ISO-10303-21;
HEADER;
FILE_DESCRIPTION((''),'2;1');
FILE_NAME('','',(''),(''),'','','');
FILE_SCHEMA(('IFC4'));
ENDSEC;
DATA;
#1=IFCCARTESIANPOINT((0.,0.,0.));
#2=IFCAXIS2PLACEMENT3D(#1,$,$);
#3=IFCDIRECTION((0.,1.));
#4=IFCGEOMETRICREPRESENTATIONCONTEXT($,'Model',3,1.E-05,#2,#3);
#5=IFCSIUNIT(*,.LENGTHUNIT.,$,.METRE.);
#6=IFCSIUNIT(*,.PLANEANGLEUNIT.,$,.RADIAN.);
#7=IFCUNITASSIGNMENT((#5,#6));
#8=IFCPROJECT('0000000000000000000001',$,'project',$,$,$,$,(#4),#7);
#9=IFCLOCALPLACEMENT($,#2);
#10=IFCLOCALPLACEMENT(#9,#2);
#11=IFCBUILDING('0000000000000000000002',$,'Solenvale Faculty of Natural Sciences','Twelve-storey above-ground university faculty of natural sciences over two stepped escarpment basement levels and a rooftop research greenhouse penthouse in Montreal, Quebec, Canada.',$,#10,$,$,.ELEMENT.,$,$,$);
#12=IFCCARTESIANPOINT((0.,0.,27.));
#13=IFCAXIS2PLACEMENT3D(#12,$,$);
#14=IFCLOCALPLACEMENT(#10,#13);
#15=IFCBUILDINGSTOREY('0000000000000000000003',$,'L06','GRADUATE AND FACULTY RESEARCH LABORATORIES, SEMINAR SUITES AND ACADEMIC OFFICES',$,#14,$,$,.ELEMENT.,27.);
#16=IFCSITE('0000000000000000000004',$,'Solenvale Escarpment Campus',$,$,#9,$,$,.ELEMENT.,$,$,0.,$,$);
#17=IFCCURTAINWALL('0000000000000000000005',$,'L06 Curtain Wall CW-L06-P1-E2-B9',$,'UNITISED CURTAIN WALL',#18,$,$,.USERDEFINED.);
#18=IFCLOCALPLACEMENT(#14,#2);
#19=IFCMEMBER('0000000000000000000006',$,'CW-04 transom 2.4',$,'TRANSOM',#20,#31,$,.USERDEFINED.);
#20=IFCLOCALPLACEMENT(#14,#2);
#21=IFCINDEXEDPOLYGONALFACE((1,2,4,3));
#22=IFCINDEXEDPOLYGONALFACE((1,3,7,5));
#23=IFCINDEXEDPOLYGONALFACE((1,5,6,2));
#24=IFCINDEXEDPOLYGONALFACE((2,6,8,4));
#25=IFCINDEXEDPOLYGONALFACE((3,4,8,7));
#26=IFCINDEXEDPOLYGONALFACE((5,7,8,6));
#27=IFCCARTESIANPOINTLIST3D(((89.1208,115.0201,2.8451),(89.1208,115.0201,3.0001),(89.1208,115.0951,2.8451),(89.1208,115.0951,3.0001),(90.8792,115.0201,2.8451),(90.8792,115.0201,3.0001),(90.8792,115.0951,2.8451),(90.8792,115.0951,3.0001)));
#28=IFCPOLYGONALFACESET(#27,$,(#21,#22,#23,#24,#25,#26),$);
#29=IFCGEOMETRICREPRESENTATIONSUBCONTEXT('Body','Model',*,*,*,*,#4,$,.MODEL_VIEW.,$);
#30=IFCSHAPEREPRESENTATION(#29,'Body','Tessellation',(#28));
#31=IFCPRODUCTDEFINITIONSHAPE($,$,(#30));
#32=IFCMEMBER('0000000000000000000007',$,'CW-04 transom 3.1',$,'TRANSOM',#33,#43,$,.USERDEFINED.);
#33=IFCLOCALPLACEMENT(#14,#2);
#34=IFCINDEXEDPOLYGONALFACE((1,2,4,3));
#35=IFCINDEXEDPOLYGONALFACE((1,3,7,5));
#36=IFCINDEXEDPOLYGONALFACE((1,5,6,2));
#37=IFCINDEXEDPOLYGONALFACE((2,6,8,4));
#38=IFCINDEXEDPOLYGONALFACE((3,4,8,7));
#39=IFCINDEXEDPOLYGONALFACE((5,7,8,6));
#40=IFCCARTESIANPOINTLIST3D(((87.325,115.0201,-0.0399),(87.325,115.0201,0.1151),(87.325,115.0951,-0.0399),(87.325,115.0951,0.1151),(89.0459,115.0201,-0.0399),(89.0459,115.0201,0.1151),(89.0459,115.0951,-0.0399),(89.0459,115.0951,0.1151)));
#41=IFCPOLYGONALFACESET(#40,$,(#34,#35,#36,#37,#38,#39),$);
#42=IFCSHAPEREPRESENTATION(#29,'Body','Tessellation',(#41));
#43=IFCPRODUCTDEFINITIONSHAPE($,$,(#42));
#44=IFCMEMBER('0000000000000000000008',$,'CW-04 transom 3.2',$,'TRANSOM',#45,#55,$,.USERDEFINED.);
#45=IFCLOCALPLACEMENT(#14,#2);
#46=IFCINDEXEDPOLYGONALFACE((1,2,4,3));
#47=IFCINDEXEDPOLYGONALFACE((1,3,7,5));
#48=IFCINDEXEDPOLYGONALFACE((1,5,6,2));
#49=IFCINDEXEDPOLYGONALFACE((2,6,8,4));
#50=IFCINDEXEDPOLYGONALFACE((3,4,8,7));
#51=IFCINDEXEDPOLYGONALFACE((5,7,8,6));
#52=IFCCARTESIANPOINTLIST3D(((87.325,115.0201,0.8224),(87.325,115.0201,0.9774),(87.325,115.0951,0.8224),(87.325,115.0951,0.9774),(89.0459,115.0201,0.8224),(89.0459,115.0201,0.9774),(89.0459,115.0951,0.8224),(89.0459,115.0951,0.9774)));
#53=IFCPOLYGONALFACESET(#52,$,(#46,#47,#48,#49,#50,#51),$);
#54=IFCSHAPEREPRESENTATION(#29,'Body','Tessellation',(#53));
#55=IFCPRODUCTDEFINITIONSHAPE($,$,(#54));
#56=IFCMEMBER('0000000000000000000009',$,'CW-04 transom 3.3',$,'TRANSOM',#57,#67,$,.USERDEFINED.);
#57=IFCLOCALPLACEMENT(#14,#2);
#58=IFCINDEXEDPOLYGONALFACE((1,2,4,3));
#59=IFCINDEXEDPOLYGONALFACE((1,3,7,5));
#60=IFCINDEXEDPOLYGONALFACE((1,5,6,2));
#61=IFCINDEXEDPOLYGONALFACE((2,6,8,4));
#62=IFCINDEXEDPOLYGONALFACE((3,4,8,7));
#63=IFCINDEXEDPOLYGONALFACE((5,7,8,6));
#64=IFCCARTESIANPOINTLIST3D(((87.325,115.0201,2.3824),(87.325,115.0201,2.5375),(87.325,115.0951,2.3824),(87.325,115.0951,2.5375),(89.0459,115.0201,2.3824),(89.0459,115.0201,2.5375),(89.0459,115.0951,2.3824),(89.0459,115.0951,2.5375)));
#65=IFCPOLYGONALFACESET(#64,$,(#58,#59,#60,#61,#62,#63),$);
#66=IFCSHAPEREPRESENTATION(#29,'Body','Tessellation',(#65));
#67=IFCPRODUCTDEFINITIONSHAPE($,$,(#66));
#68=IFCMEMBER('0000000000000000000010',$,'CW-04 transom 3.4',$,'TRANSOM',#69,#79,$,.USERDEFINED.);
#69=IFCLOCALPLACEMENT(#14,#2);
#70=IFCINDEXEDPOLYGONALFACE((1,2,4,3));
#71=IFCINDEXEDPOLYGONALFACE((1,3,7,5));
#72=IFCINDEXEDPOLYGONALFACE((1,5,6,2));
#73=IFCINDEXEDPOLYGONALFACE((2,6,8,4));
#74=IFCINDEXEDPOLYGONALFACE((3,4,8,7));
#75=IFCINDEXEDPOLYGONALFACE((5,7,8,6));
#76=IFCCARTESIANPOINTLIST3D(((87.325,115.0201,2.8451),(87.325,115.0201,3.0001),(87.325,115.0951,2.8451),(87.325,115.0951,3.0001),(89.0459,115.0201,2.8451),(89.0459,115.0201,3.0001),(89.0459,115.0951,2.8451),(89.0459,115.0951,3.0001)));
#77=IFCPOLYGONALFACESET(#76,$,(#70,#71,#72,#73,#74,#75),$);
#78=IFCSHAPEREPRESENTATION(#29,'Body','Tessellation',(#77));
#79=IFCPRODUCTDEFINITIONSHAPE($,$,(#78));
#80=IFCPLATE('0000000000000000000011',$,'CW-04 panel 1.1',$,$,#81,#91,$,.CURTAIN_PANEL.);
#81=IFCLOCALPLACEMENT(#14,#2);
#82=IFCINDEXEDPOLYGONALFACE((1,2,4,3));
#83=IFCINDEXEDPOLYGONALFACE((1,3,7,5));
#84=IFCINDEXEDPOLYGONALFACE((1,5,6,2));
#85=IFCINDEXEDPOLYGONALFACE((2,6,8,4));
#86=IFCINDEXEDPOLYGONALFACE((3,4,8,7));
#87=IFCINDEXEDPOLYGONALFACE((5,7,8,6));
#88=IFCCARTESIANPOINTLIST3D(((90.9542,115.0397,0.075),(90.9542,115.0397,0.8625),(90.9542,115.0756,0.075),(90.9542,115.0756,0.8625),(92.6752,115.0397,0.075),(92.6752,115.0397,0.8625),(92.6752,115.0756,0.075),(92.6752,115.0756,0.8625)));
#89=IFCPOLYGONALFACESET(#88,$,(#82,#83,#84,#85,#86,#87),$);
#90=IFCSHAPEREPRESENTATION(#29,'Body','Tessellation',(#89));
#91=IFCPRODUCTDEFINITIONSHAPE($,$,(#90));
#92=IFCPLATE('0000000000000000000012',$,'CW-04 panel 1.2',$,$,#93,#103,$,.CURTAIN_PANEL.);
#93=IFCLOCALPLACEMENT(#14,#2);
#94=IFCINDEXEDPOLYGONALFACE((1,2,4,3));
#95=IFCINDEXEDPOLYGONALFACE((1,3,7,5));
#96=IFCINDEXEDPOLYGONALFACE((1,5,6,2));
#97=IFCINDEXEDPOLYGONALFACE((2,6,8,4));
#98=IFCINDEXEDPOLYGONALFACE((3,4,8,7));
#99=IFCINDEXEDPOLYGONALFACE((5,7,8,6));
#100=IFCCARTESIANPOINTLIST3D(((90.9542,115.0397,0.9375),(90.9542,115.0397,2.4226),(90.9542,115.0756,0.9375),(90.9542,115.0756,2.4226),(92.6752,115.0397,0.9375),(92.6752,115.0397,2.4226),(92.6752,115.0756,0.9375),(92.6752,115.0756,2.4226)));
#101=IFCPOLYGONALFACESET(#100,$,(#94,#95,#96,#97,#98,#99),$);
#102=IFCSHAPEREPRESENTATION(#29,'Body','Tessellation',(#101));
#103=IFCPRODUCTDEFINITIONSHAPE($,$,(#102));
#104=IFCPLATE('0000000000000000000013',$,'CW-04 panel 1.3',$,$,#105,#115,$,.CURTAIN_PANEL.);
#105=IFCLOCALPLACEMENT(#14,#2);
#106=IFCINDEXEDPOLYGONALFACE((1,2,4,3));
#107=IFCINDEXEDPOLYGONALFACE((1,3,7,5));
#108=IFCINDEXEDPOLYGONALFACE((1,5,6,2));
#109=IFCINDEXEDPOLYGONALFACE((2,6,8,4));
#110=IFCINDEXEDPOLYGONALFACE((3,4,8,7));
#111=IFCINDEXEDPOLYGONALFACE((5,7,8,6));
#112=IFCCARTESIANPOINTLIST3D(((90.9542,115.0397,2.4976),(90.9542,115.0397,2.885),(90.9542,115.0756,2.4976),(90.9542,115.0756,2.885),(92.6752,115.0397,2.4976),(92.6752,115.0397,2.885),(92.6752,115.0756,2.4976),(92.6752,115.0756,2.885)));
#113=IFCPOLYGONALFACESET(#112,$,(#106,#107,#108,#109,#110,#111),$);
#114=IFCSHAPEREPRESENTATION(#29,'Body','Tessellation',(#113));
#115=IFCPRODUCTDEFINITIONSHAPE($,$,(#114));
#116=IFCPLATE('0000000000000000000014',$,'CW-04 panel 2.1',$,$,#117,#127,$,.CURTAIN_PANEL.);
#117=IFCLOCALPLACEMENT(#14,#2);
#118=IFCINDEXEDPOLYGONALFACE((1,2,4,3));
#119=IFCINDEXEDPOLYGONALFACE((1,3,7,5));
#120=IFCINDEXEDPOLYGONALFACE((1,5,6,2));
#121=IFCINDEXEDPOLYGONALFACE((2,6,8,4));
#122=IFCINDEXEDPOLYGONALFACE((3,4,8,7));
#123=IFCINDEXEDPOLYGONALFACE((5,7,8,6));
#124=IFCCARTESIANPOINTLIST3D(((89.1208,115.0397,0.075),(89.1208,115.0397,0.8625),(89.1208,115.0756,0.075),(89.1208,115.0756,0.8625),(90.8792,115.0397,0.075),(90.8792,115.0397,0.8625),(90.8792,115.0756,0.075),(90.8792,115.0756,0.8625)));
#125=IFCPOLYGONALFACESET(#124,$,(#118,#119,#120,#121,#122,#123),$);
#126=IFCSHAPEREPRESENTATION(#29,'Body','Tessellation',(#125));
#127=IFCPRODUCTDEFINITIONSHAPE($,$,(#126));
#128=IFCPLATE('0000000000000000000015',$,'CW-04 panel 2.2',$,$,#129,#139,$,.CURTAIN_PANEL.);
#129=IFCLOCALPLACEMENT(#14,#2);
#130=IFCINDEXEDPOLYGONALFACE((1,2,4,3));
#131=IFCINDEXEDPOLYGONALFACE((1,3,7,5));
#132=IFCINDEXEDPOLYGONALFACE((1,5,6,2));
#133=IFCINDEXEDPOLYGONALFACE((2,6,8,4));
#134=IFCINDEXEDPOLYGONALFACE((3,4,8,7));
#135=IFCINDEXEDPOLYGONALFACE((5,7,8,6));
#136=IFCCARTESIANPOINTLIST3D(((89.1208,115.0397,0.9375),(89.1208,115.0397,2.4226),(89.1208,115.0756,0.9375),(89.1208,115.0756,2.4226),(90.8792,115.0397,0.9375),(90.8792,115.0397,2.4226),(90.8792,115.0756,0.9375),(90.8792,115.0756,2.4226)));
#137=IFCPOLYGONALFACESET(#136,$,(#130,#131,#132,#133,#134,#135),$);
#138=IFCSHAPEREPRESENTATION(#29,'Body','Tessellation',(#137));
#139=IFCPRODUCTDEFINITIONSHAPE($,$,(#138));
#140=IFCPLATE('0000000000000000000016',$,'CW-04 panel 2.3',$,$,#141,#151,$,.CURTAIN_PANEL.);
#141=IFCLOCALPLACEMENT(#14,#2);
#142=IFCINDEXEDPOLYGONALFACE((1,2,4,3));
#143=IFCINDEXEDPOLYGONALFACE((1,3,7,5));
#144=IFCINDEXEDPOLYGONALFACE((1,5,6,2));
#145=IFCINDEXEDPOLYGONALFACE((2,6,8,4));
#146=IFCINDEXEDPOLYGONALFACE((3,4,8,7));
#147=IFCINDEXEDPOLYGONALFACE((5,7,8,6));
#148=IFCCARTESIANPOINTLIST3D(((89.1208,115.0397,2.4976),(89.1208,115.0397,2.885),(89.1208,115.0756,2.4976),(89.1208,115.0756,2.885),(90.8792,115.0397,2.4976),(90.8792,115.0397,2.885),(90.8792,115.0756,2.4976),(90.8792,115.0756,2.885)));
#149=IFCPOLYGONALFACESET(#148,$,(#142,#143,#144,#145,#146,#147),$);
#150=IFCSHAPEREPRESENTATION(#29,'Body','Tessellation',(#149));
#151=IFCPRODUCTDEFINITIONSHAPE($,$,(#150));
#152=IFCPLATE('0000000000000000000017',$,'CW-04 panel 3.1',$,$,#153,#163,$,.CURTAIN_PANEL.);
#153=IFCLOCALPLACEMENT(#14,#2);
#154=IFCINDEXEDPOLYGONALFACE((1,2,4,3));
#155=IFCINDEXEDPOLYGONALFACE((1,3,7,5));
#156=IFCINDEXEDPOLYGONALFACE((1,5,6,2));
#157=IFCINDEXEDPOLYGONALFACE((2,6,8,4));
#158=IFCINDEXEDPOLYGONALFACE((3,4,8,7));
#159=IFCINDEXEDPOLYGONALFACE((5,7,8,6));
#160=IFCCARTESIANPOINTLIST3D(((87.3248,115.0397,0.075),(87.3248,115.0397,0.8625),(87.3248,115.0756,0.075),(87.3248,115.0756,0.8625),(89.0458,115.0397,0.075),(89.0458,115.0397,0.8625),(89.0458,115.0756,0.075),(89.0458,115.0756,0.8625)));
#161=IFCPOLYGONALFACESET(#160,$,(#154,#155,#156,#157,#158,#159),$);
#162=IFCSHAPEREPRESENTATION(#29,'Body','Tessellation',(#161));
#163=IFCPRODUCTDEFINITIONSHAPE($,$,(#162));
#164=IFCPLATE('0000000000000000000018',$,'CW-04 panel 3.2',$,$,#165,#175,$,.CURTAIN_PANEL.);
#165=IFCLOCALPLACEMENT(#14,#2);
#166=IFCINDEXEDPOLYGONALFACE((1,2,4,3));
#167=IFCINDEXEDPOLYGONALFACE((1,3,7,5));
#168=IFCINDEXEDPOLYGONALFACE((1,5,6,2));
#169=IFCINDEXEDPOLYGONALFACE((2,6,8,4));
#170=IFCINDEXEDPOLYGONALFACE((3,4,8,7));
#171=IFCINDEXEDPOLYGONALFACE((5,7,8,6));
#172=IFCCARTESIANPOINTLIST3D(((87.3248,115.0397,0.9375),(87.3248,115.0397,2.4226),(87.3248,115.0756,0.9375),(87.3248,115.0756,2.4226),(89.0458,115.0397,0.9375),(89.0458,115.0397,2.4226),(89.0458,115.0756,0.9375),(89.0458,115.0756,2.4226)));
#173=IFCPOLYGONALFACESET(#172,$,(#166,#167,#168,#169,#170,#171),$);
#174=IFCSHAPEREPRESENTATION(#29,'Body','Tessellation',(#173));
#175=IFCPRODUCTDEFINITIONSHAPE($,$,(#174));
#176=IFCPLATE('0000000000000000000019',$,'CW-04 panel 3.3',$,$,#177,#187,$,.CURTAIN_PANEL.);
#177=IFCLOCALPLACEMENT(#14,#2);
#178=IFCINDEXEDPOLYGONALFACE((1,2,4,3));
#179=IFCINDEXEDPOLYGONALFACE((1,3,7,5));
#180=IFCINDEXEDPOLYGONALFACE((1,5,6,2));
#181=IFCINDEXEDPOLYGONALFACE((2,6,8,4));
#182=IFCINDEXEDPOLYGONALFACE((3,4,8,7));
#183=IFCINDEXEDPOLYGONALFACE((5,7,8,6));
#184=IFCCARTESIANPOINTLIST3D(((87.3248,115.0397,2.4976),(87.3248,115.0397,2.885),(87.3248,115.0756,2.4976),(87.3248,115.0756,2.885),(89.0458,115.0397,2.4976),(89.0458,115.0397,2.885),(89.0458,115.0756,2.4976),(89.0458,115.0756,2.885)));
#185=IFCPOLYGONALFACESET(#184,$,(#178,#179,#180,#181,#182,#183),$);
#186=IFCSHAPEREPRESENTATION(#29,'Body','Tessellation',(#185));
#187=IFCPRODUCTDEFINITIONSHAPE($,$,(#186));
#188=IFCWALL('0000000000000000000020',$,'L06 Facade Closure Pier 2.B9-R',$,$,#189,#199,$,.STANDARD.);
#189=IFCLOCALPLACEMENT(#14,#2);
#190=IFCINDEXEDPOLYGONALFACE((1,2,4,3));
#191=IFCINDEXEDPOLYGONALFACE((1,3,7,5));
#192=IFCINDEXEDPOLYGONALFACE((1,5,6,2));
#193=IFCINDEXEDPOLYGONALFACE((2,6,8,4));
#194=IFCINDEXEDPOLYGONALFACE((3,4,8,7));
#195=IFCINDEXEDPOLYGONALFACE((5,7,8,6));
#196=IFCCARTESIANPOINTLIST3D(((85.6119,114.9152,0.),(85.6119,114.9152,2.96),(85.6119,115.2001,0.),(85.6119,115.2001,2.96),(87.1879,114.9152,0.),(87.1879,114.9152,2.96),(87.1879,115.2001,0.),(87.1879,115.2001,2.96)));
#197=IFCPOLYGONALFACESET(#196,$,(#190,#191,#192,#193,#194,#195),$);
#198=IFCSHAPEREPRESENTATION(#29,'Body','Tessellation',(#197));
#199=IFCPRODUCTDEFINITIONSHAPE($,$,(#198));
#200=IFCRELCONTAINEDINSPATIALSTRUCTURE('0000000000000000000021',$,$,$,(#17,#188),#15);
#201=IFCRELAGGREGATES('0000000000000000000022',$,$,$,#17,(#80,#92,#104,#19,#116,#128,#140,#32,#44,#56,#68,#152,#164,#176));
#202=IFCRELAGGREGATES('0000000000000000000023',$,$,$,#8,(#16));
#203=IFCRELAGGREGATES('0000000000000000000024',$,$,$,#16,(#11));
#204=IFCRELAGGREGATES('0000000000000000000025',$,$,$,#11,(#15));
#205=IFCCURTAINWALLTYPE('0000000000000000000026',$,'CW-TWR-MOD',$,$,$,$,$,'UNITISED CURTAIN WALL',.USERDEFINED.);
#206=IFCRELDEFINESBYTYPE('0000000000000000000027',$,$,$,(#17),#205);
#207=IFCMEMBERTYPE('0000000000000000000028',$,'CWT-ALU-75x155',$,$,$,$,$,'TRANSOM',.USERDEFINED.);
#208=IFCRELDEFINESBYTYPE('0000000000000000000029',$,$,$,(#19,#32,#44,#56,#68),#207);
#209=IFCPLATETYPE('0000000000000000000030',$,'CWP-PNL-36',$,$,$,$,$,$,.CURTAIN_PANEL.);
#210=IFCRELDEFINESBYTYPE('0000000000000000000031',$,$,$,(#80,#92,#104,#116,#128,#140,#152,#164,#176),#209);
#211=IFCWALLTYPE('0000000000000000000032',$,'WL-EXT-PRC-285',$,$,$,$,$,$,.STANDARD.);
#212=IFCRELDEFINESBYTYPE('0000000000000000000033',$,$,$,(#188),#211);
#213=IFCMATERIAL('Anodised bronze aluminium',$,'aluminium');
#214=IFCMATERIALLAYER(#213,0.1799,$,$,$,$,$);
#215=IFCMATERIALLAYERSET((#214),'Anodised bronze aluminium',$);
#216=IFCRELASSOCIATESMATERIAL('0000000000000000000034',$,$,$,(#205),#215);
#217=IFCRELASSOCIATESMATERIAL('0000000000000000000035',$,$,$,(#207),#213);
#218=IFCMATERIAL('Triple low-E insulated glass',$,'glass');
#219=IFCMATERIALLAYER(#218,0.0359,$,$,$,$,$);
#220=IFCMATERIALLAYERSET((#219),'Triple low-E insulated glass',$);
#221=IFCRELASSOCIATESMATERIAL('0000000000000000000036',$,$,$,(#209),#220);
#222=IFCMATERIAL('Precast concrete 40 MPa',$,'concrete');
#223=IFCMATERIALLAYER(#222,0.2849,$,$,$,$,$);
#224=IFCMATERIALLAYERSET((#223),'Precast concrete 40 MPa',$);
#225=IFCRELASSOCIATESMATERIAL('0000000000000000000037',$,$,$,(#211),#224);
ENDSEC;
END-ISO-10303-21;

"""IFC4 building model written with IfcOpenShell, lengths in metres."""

from ifc_helpers import new_model, si_unit, direction, frame, frame_2d, origin, origin_2d, place, context, subcontext, project, spatial, rectangle, extrude, material, layer, layer_set, material_profile, profile_set, type_object, element, aggregate, save


model = new_model("IFC4")

# Units and contexts
model_context = context("Model", 3, precision=1e-05, world=origin(), true_north=direction((0.0, 1.0)))
body_context = subcontext(model_context, "Body", "Model", "MODEL_VIEW")
ifc_project = project(units=[si_unit("LENGTHUNIT", "METRE"), si_unit("PLANEANGLEUNIT", "RADIAN")], contexts=[model_context])

# Site, building, storey
site_placement = place(None, origin())
site = spatial("IfcSite", under=ifc_project, at=site_placement, Name="Solenvale Escarpment Campus", CompositionType="ELEMENT", RefElevation=0.0)
building_placement = place(site_placement, origin())
building = spatial("IfcBuilding", under=site, at=building_placement, Name="Solenvale Faculty of Natural Sciences", Description="Twelve-storey above-ground university faculty of natural sciences over two stepped escarpment basement levels and a rooftop research greenhouse penthouse in Montreal, Quebec, Canada.", CompositionType="ELEMENT")
storey_placement = place(building_placement, frame((0.0, 0.0, 27.0)))
storey = spatial("IfcBuildingStorey", under=building, at=storey_placement, Name="L06", Description="GRADUATE AND FACULTY RESEARCH LABORATORIES, SEMINAR SUITES AND ACADEMIC OFFICES", CompositionType="ELEMENT", Elevation=27.0)

# Shared definitions
ifc_material_1 = material(Name="Precast concrete 40 MPa", Category="concrete")

# Curtain wall, members, plates
ifc_material_2 = material(Name="Anodised bronze aluminium", Category="aluminium")
ifc_layer_1 = layer(ifc_material_2, 0.1799)
ifc_layer_set_1 = layer_set([ifc_layer_1], Name="Anodised bronze aluminium")
curtain_wall_type = type_object("IfcCurtainWallType", Name="CW-TWR-MOD", ElementType="UNITISED CURTAIN WALL", PredefinedType="USERDEFINED", material=ifc_layer_set_1)
curtain_wall_placement = place(storey_placement, origin())
curtain_wall = element("IfcCurtainWall", 1, at=curtain_wall_placement, inside=storey, type_object=curtain_wall_type, Name="L06 Curtain Wall CW-L06-P1-E2-B9", ObjectType="UNITISED CURTAIN WALL", PredefinedType="USERDEFINED")
ifc_material_profile_1 = material_profile(ifc_material_2, rectangle(XDim=0.075, YDim=0.155, at=origin_2d()), Name="ALU-TRN-75x155")
ifc_profile_set_1 = profile_set([ifc_material_profile_1], Name="Anodised bronze aluminium")
member_type_1 = type_object("IfcMemberType", Name="CWT-ALU-75x155", ElementType="TRANSOM", PredefinedType="USERDEFINED", material=ifc_profile_set_1)
member_1_placement = place(storey_placement, frame((90.8792, 115.0576, 2.9226), z_axis=(-1.0, 0.0, 0.0), x_axis=(0.0, -1.0, 0.0)))
member_1 = element("IfcMember", 2, at=member_1_placement, type_object=member_type_1, Name="CW-04 transom 2.4", ObjectType="TRANSOM", PredefinedType="USERDEFINED", context=body_context, shape_type="SweptSolid", body=[
    extrude(rectangle(XDim=0.075, YDim=0.155, at=origin_2d()), origin(), (0.0, 0.0, 1.0), 1.7583),
])
member_2_placement = place(storey_placement, frame((89.0459, 115.0576, 0.0376), z_axis=(-1.0, 0.0, 0.0), x_axis=(0.0, -1.0, 0.0)))
member_2 = element("IfcMember", 3, at=member_2_placement, type_object=member_type_1, Name="CW-04 transom 3.1", ObjectType="TRANSOM", PredefinedType="USERDEFINED", context=body_context, shape_type="SweptSolid", body=[
    extrude(rectangle(XDim=0.075, YDim=0.155, at=origin_2d()), origin(), (0.0, 0.0, 1.0), 1.7209),
])
member_3_placement = place(storey_placement, frame((89.0459, 115.0576, 0.8999), z_axis=(-1.0, 0.0, 0.0), x_axis=(0.0, -1.0, 0.0)))
member_3 = element("IfcMember", 4, at=member_3_placement, type_object=member_type_1, Name="CW-04 transom 3.2", ObjectType="TRANSOM", PredefinedType="USERDEFINED", context=body_context, shape_type="SweptSolid", body=[
    extrude(rectangle(XDim=0.075, YDim=0.155, at=origin_2d()), origin(), (0.0, 0.0, 1.0), 1.7209),
])
member_4_placement = place(storey_placement, frame((89.0459, 115.0576, 2.46), z_axis=(-1.0, 0.0, 0.0), x_axis=(0.0, -1.0, 0.0)))
member_4 = element("IfcMember", 5, at=member_4_placement, type_object=member_type_1, Name="CW-04 transom 3.3", ObjectType="TRANSOM", PredefinedType="USERDEFINED", context=body_context, shape_type="SweptSolid", body=[
    extrude(rectangle(XDim=0.075, YDim=0.155, at=origin_2d()), origin(), (0.0, 0.0, 1.0), 1.7209),
])
member_5_placement = place(storey_placement, frame((89.0459, 115.0576, 2.9226), z_axis=(-1.0, 0.0, 0.0), x_axis=(0.0, -1.0, 0.0)))
member_5 = element("IfcMember", 6, at=member_5_placement, type_object=member_type_1, Name="CW-04 transom 3.4", ObjectType="TRANSOM", PredefinedType="USERDEFINED", context=body_context, shape_type="SweptSolid", body=[
    extrude(rectangle(XDim=0.075, YDim=0.155, at=origin_2d()), origin(), (0.0, 0.0, 1.0), 1.7209),
])
ifc_material_3 = material(Name="Triple low-E insulated glass", Category="glass")
ifc_layer_2 = layer(ifc_material_3, 0.0359)
ifc_layer_set_2 = layer_set([ifc_layer_2], Name="Triple low-E insulated glass")
plate_type = type_object("IfcPlateType", Name="CWP-PNL-36", PredefinedType="CURTAIN_PANEL", material=ifc_layer_set_2)
plate_1_placement = place(storey_placement, frame((91.8147, 115.0576, 0.075), z_axis=(0.0, 0.0, 1.0), x_axis=(-1.0, 0.0, 0.0)))
plate_1 = element("IfcPlate", 7, at=plate_1_placement, type_object=plate_type, Name="CW-04 panel 1.1", PredefinedType="CURTAIN_PANEL", context=body_context, shape_type="SweptSolid", body=[
    extrude(rectangle(XDim=1.7209, YDim=0.0359, at=origin_2d()), origin(), (0.0, 0.0, 1.0), 0.7876),
])
plate_2_placement = place(storey_placement, frame((91.8147, 115.0576, 0.9375), z_axis=(0.0, 0.0, 1.0), x_axis=(-1.0, 0.0, 0.0)))
plate_2 = element("IfcPlate", 8, at=plate_2_placement, type_object=plate_type, Name="CW-04 panel 1.2", PredefinedType="CURTAIN_PANEL", context=body_context, shape_type="SweptSolid", body=[
    extrude(rectangle(XDim=1.7209, YDim=0.0359, at=origin_2d()), origin(), (0.0, 0.0, 1.0), 1.4851),
])
plate_3_placement = place(storey_placement, frame((91.8147, 115.0576, 2.4976), z_axis=(0.0, 0.0, 1.0), x_axis=(-1.0, 0.0, 0.0)))
plate_3 = element("IfcPlate", 9, at=plate_3_placement, type_object=plate_type, Name="CW-04 panel 1.3", PredefinedType="CURTAIN_PANEL", context=body_context, shape_type="SweptSolid", body=[
    extrude(rectangle(XDim=1.7209, YDim=0.0359, at=origin_2d()), origin(), (0.0, 0.0, 1.0), 0.3875),
])
plate_4_placement = place(storey_placement, frame((90.0, 115.0576, 0.075), z_axis=(0.0, 0.0, 1.0), x_axis=(-1.0, 0.0, 0.0)))
plate_4 = element("IfcPlate", 10, at=plate_4_placement, type_object=plate_type, Name="CW-04 panel 2.1", PredefinedType="CURTAIN_PANEL", context=body_context, shape_type="SweptSolid", body=[
    extrude(rectangle(XDim=1.7583, YDim=0.0359, at=origin_2d()), origin(), (0.0, 0.0, 1.0), 0.7876),
])
plate_5_placement = place(storey_placement, frame((90.0, 115.0576, 0.9375), z_axis=(0.0, 0.0, 1.0), x_axis=(-1.0, 0.0, 0.0)))
plate_5 = element("IfcPlate", 11, at=plate_5_placement, type_object=plate_type, Name="CW-04 panel 2.2", PredefinedType="CURTAIN_PANEL", context=body_context, shape_type="SweptSolid", body=[
    extrude(rectangle(XDim=1.7583, YDim=0.0359, at=origin_2d()), origin(), (0.0, 0.0, 1.0), 1.4851),
])
plate_6_placement = place(storey_placement, frame((90.0, 115.0576, 2.4976), z_axis=(0.0, 0.0, 1.0), x_axis=(-1.0, 0.0, 0.0)))
plate_6 = element("IfcPlate", 12, at=plate_6_placement, type_object=plate_type, Name="CW-04 panel 2.3", PredefinedType="CURTAIN_PANEL", context=body_context, shape_type="SweptSolid", body=[
    extrude(rectangle(XDim=1.7583, YDim=0.0359, at=origin_2d()), origin(), (0.0, 0.0, 1.0), 0.3875),
])
plate_7_placement = place(storey_placement, frame((88.1853, 115.0576, 0.075), z_axis=(0.0, 0.0, 1.0), x_axis=(-1.0, 0.0, 0.0)))
plate_7 = element("IfcPlate", 13, at=plate_7_placement, type_object=plate_type, Name="CW-04 panel 3.1", PredefinedType="CURTAIN_PANEL", context=body_context, shape_type="SweptSolid", body=[
    extrude(rectangle(XDim=1.7209, YDim=0.0359, at=origin_2d()), origin(), (0.0, 0.0, 1.0), 0.7876),
])
plate_8_placement = place(storey_placement, frame((88.1853, 115.0576, 0.9375), z_axis=(0.0, 0.0, 1.0), x_axis=(-1.0, 0.0, 0.0)))
plate_8 = element("IfcPlate", 14, at=plate_8_placement, type_object=plate_type, Name="CW-04 panel 3.2", PredefinedType="CURTAIN_PANEL", context=body_context, shape_type="SweptSolid", body=[
    extrude(rectangle(XDim=1.7209, YDim=0.0359, at=origin_2d()), origin(), (0.0, 0.0, 1.0), 1.4851),
])
plate_9_placement = place(storey_placement, frame((88.1853, 115.0576, 2.4976), z_axis=(0.0, 0.0, 1.0), x_axis=(-1.0, 0.0, 0.0)))
plate_9 = element("IfcPlate", 15, at=plate_9_placement, type_object=plate_type, Name="CW-04 panel 3.3", PredefinedType="CURTAIN_PANEL", context=body_context, shape_type="SweptSolid", body=[
    extrude(rectangle(XDim=1.7209, YDim=0.0359, at=origin_2d()), origin(), (0.0, 0.0, 1.0), 0.3875),
])
aggregate(curtain_wall, [plate_1, plate_2, plate_3, member_1, plate_4, plate_5, plate_6, member_2, member_3, member_4, member_5, plate_7, plate_8, plate_9])

# Wall
ifc_layer_3 = layer(ifc_material_1, 0.2849)
ifc_layer_set_3 = layer_set([ifc_layer_3], Name="Precast concrete 40 MPa")
wall_type = type_object("IfcWallType", Name="WL-EXT-PRC-285", PredefinedType="STANDARD", material=ifc_layer_set_3)
wall_placement = place(storey_placement, frame((87.188, 115.0576, 0.0), z_axis=(0.0, 0.0, 1.0), x_axis=(-1.0, 0.0, 0.0)))
element("IfcWall", 16, at=wall_placement, inside=storey, type_object=wall_type, Name="L06 Facade Closure Pier 2.B9-R", PredefinedType="STANDARD", context=body_context, shape_type="SweptSolid", body=[
    extrude(rectangle(XDim=1.5759, YDim=0.2849, at=frame_2d((0.7881, 0.0))), origin(), (0.0, 0.0, 1.0), 2.96),
])

save(model, "model.ifc")
